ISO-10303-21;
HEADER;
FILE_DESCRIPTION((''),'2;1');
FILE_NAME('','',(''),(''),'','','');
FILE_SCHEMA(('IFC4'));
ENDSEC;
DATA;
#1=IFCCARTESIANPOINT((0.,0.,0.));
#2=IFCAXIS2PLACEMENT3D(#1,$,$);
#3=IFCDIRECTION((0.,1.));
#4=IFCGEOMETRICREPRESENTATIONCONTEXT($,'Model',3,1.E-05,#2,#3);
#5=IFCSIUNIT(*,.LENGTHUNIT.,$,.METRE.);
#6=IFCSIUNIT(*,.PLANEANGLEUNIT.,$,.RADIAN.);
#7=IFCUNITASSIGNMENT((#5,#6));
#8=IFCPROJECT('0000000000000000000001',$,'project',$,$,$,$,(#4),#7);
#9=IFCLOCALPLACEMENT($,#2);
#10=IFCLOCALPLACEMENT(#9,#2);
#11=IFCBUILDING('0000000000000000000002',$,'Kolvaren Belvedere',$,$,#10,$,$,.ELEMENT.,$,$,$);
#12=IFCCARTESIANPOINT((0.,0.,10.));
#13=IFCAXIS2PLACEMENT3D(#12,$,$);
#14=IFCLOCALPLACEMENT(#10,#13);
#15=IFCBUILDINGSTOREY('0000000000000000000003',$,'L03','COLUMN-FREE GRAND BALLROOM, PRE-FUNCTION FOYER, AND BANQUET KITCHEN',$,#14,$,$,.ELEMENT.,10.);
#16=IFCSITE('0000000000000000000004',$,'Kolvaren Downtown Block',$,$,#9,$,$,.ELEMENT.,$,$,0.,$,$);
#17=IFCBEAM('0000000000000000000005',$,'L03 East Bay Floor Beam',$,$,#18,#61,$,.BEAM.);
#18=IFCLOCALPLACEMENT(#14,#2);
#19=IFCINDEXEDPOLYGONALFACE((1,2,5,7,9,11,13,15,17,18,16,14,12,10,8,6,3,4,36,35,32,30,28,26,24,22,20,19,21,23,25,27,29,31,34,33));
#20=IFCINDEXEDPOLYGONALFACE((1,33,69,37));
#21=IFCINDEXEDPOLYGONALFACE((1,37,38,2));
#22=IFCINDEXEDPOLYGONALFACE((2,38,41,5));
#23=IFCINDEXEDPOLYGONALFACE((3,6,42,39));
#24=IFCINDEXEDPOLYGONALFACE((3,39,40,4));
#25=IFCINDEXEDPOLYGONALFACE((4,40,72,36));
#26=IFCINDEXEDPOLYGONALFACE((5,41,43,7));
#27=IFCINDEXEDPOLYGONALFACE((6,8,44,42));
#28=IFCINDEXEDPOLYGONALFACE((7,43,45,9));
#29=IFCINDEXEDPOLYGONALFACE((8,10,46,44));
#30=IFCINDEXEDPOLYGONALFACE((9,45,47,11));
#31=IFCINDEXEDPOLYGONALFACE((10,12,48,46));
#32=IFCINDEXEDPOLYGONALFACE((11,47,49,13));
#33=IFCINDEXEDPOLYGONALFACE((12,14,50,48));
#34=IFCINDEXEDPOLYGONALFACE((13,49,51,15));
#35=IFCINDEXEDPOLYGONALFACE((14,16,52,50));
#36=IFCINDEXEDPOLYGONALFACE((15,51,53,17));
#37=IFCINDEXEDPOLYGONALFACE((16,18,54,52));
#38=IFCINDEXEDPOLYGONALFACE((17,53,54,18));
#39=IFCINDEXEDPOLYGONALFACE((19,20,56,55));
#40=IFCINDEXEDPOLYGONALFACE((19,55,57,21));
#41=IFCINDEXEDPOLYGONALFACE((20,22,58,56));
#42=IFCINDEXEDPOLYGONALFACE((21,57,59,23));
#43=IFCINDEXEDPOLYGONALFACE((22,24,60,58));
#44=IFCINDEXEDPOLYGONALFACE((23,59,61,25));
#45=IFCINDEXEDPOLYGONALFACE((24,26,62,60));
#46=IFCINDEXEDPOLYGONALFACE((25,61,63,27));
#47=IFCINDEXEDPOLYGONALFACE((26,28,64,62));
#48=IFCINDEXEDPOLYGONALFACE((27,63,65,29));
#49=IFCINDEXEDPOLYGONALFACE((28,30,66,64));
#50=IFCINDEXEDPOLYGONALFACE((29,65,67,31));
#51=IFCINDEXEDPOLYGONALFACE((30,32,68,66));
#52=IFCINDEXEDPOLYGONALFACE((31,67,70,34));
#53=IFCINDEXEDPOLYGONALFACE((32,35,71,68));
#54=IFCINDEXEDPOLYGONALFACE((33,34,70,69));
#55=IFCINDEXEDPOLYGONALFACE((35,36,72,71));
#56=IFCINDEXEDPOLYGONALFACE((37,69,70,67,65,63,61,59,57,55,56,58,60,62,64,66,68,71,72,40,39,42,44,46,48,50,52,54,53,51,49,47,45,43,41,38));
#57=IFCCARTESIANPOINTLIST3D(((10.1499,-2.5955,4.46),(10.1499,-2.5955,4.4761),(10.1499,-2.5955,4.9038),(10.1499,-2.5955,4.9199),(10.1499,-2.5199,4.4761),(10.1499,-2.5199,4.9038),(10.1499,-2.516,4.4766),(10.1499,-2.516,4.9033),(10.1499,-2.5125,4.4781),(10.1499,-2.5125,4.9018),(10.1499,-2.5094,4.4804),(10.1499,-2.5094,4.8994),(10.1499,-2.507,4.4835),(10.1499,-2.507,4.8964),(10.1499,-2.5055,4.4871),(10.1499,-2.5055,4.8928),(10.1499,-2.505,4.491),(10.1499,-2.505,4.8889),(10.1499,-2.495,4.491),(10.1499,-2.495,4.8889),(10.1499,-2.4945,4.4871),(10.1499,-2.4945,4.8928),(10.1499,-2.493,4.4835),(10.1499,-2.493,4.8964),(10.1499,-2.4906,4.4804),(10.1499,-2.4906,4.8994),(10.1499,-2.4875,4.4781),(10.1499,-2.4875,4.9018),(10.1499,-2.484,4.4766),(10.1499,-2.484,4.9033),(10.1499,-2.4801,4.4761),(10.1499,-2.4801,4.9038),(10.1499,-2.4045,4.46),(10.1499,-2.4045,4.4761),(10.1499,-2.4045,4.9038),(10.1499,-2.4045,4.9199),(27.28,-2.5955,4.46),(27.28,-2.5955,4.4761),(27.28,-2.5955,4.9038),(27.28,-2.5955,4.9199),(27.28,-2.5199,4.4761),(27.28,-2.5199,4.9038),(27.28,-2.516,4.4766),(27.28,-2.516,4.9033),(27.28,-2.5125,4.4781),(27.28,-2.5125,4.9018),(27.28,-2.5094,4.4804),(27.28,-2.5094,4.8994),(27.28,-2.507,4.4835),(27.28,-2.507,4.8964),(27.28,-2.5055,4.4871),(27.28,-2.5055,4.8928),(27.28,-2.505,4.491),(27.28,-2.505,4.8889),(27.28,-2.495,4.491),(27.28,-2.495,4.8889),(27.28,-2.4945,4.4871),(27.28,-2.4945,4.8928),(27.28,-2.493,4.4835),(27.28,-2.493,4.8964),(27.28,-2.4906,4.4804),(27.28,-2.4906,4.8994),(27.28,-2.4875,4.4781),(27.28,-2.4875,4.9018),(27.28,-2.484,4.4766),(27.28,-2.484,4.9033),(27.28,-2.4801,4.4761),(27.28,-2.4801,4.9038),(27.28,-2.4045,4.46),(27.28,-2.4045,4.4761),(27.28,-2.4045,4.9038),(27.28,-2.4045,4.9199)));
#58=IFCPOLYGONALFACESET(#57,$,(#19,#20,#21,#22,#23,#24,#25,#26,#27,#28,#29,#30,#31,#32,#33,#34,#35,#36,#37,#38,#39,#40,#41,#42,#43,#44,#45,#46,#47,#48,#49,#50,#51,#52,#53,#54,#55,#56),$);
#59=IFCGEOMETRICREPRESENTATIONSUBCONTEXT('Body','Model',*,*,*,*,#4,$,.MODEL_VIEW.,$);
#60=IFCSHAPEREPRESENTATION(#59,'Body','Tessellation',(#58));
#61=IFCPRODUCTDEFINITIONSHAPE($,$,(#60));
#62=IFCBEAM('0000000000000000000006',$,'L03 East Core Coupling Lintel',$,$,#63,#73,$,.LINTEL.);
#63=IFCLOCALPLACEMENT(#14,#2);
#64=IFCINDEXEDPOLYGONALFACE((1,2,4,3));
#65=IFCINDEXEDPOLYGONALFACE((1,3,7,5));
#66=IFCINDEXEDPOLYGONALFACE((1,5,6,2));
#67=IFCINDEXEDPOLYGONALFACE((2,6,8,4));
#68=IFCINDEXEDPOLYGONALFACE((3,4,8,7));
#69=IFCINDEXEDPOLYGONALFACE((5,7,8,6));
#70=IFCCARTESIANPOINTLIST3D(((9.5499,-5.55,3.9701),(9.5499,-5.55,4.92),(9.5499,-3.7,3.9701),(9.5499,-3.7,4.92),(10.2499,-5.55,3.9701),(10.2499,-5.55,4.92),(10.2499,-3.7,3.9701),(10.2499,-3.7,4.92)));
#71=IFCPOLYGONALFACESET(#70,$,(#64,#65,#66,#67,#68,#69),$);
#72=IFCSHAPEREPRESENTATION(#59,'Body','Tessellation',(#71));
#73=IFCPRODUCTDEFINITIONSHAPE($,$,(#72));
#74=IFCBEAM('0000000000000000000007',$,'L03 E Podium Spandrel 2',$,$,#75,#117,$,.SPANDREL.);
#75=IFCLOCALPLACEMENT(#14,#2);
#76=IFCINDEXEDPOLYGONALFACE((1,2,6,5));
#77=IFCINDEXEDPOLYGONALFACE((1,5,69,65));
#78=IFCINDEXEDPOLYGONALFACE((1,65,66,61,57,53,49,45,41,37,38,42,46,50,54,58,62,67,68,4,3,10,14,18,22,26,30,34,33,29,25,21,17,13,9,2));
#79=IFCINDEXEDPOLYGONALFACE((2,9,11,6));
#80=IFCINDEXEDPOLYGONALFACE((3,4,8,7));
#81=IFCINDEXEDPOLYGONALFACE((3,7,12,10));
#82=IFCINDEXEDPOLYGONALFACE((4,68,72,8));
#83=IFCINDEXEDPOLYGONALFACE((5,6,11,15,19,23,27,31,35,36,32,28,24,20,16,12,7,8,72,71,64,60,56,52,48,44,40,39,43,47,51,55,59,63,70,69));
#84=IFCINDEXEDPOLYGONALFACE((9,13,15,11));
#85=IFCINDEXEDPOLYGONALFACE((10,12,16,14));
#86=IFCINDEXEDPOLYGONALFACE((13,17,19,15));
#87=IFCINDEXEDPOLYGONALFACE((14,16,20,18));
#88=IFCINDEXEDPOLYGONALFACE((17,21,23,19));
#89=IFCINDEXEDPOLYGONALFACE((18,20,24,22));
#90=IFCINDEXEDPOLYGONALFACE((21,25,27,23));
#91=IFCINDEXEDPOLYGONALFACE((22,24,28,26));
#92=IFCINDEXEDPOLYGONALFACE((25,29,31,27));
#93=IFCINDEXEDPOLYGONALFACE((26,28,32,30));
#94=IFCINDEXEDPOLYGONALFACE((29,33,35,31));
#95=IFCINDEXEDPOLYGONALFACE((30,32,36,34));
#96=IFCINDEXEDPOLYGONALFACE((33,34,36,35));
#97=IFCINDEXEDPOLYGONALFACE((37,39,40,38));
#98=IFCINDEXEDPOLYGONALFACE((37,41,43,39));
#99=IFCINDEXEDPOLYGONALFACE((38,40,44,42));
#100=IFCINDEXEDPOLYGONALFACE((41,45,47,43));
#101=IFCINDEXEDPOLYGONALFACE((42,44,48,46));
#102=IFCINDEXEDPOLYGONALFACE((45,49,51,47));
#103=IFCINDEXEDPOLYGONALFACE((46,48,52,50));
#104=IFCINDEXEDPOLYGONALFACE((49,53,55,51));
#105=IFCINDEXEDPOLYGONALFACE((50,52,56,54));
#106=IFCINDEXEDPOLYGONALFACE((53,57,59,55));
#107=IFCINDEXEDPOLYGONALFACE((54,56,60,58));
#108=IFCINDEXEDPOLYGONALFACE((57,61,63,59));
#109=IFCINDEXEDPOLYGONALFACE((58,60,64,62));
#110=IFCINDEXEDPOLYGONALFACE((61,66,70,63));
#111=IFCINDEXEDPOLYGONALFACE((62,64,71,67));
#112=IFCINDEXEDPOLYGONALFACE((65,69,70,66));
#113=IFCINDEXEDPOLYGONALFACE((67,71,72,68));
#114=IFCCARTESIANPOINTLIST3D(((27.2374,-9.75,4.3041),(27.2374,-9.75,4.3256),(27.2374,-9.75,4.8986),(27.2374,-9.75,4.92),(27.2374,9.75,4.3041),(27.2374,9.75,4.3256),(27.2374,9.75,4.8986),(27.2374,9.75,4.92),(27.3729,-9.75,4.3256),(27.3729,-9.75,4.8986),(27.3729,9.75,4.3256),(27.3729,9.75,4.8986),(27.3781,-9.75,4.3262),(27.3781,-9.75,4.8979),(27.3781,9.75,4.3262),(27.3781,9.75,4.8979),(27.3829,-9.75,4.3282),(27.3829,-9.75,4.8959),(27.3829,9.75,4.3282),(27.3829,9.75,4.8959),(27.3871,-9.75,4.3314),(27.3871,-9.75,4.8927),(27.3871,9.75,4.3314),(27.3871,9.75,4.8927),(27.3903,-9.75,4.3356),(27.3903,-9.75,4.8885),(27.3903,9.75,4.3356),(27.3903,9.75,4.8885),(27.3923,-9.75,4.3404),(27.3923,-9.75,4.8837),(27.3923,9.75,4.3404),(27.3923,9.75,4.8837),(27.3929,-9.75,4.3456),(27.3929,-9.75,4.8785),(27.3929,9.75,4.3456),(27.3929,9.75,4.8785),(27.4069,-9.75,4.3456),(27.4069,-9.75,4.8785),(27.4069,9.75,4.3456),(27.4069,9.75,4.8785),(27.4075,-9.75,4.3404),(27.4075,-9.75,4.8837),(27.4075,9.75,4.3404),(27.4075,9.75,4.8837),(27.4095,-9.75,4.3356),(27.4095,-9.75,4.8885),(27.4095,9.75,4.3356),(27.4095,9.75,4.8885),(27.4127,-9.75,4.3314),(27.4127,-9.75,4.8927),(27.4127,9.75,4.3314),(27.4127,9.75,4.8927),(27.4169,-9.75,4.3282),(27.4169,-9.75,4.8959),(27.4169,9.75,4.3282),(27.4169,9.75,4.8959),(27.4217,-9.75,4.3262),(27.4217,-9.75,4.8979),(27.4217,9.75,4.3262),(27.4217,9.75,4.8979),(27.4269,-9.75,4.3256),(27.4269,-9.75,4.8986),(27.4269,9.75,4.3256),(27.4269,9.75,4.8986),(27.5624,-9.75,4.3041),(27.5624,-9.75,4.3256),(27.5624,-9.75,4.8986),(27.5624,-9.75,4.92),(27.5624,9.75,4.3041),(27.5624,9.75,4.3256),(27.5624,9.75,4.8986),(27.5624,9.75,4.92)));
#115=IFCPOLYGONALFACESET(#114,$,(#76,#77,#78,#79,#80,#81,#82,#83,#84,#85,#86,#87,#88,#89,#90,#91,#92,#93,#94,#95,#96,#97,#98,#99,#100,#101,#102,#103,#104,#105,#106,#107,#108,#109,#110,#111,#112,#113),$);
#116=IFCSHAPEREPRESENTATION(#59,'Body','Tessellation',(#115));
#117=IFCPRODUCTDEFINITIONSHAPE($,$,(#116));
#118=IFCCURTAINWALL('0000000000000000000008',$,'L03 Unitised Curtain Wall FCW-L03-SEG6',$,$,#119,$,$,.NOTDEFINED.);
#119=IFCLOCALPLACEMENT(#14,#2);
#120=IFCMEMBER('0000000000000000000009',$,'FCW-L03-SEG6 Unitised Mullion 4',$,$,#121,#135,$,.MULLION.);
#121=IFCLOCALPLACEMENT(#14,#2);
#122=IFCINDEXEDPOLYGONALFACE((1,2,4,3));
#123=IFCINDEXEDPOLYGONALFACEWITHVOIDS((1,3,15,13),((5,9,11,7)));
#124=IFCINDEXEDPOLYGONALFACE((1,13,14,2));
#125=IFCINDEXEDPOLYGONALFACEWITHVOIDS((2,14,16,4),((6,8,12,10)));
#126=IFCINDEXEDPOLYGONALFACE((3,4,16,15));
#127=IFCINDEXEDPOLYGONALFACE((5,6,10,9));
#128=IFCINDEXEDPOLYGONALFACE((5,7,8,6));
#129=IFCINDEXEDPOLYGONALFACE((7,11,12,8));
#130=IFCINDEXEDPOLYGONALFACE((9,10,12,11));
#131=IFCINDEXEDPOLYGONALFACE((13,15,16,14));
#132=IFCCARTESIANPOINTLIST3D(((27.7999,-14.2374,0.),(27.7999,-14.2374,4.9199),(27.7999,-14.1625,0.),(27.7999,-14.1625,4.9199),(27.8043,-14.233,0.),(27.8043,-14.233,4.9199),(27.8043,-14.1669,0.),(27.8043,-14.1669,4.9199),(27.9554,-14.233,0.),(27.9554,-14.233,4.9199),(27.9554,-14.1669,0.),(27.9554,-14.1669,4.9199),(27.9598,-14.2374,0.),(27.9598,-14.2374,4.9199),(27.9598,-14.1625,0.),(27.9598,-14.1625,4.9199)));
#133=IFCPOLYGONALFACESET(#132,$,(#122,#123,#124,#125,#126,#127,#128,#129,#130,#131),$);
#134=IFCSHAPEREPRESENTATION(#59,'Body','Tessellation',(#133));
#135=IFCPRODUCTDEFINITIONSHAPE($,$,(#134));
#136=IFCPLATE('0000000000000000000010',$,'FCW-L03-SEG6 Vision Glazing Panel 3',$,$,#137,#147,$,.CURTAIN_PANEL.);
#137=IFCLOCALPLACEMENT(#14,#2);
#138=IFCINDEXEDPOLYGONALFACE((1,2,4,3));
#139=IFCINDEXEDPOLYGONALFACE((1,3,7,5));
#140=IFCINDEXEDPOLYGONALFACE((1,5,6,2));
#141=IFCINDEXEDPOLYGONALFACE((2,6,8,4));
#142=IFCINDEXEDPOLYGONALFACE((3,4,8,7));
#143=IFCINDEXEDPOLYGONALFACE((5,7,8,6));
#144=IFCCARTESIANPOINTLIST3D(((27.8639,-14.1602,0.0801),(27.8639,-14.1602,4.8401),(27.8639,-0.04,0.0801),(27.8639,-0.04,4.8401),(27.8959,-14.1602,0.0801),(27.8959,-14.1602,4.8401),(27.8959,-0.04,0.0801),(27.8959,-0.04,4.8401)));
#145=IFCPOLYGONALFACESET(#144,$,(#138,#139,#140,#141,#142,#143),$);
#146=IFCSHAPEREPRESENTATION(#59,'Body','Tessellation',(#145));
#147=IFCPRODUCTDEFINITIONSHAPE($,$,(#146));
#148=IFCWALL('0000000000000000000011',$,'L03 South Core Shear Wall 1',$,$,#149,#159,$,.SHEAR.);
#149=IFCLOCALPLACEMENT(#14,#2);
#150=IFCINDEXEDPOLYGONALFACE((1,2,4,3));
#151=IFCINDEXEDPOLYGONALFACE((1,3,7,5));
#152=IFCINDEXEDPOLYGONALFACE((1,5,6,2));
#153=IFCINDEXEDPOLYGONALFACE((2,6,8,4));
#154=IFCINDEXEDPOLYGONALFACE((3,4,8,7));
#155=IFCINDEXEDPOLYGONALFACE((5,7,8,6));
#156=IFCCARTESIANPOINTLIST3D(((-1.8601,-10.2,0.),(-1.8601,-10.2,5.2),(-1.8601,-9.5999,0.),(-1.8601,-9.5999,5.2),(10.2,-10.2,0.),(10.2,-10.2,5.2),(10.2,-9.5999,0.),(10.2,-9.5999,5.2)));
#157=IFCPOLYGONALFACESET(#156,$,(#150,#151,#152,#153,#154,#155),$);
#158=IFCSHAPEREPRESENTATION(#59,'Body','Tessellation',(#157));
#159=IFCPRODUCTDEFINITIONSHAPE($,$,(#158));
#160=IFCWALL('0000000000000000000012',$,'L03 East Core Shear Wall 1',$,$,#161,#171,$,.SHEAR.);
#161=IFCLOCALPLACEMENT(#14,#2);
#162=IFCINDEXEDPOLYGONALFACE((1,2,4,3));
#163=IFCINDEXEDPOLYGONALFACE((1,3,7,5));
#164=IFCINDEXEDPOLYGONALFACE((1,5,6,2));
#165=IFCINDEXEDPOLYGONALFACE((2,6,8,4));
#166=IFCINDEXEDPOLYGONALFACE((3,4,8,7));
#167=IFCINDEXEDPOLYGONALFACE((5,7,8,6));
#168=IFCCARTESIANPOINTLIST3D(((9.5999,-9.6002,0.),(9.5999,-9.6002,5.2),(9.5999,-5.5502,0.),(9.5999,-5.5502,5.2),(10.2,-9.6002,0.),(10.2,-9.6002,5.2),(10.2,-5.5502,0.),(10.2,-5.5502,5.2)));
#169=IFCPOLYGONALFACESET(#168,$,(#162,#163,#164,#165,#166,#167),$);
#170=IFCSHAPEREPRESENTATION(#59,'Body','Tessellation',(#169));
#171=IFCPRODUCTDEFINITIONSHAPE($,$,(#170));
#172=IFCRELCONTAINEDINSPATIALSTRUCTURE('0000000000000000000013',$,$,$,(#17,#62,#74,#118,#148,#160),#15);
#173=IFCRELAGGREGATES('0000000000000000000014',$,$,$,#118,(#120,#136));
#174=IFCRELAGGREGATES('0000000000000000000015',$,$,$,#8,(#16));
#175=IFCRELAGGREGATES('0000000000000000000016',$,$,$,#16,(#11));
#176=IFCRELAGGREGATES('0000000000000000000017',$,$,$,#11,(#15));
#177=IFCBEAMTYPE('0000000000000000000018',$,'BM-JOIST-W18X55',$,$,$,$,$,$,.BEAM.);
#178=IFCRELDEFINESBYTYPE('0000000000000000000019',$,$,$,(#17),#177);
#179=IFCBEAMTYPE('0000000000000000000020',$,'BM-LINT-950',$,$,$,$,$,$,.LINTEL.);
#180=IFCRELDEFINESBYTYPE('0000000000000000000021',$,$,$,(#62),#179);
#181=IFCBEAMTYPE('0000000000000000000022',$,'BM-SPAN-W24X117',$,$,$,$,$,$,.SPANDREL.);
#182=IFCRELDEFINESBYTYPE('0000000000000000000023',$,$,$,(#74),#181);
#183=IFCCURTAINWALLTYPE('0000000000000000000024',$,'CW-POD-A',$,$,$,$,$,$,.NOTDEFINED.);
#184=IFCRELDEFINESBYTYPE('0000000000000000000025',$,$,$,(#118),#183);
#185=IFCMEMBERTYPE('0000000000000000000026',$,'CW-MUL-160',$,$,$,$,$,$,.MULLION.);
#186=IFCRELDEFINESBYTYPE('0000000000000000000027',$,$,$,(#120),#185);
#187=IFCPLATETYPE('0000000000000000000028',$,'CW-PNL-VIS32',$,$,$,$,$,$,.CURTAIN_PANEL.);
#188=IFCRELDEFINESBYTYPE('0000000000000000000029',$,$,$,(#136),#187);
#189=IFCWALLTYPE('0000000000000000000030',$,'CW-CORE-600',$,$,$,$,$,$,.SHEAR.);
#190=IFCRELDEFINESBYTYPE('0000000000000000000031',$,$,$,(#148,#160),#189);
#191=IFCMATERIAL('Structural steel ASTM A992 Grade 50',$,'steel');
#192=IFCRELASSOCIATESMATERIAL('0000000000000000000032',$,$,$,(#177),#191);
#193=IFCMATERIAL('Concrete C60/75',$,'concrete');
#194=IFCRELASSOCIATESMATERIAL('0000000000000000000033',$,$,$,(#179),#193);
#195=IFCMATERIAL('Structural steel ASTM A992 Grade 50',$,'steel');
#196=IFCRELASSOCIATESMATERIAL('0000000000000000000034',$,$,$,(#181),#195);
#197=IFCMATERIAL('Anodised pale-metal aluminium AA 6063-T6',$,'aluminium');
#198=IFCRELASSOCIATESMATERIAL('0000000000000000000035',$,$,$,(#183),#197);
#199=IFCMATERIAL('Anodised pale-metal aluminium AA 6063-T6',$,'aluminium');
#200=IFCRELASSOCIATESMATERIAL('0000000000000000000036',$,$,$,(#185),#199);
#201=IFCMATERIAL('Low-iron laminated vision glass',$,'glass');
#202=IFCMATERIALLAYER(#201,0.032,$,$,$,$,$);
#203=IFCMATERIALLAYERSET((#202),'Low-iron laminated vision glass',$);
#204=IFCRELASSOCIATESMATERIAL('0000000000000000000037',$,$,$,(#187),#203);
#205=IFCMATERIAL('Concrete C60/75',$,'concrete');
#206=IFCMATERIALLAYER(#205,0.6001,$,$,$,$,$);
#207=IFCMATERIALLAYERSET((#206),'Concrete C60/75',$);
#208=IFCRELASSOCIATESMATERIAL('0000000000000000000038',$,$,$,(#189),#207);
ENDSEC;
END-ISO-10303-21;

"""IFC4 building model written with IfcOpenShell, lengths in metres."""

from ifc_helpers import new_model, si_unit, direction, frame, frame_2d, origin, origin_2d, place, context, subcontext, project, spatial, rectangle, hollow_rectangle, i_section, extrude, material, layer, layer_set, material_profile, profile_set, type_object, element, aggregate, save


model = new_model("IFC4")

# Units and contexts
model_context = context("Model", 3, precision=1e-05, world=origin(), true_north=direction((0.0, 1.0)))
body_context = subcontext(model_context, "Body", "Model", "MODEL_VIEW")
ifc_project = project(units=[si_unit("LENGTHUNIT", "METRE"), si_unit("PLANEANGLEUNIT", "RADIAN")], contexts=[model_context])

# Site, building, storey
site_placement = place(None, origin())
site = spatial("IfcSite", under=ifc_project, at=site_placement, Name="Kolvaren Downtown Block", CompositionType="ELEMENT", RefElevation=0.0)
building_placement = place(site_placement, origin())
building = spatial("IfcBuilding", under=site, at=building_placement, Name="Kolvaren Belvedere", CompositionType="ELEMENT")
storey_placement = place(building_placement, frame((0.0, 0.0, 10.0)))
storey = spatial("IfcBuildingStorey", under=building, at=storey_placement, Name="L03", Description="COLUMN-FREE GRAND BALLROOM, PRE-FUNCTION FOYER, AND BANQUET KITCHEN", CompositionType="ELEMENT", Elevation=10.0)

# Beams
ifc_material_1 = material(Name="Structural steel ASTM A992 Grade 50", Category="steel")
ifc_material_profile_1 = material_profile(ifc_material_1, i_section(OverallWidth=0.1909, OverallDepth=0.46, WebThickness=0.01, FlangeThickness=0.0161, FilletRadius=0.0149, at=origin_2d()), Name="W18X55")
ifc_profile_set_1 = profile_set([ifc_material_profile_1], Name="Structural steel ASTM A992 Grade 50")
beam_type_1 = type_object("IfcBeamType", Name="BM-JOIST-W18X55", PredefinedType="BEAM", material=ifc_profile_set_1)
beam_1_placement = place(storey_placement, frame((10.1499, -2.5, 4.6899), z_axis=(1.0, 0.0, 0.0), x_axis=(0.0, 1.0, 0.0)))
element("IfcBeam", 1, at=beam_1_placement, inside=storey, type_object=beam_type_1, Name="L03 East Bay Floor Beam", PredefinedType="BEAM", context=body_context, shape_type="SweptSolid", body=[
    extrude(i_section(OverallWidth=0.1909, OverallDepth=0.46, WebThickness=0.01, FlangeThickness=0.0161, FilletRadius=0.0149, at=origin_2d()), origin(), (0.0, 0.0, 1.0), 17.1301),
])
ifc_material_2 = material(Name="Concrete C60/75", Category="concrete")
ifc_material_profile_2 = material_profile(ifc_material_2, rectangle(XDim=0.7, YDim=0.95, at=origin_2d()), Name="RC 700X950")
ifc_profile_set_2 = profile_set([ifc_material_profile_2], Name="Concrete C60/75")
beam_type_2 = type_object("IfcBeamType", Name="BM-LINT-950", PredefinedType="LINTEL", material=ifc_profile_set_2)
beam_2_placement = place(storey_placement, frame((9.8999, -5.55, 4.4451), z_axis=(0.0, 1.0, 0.0), x_axis=(-1.0, 0.0, 0.0)))
element("IfcBeam", 2, at=beam_2_placement, inside=storey, type_object=beam_type_2, Name="L03 East Core Coupling Lintel", PredefinedType="LINTEL", context=body_context, shape_type="SweptSolid", body=[
    extrude(rectangle(XDim=0.7, YDim=0.95, at=origin_2d()), origin(), (0.0, 0.0, 1.0), 1.8501),
])
ifc_material_3 = material(Name="Structural steel ASTM A992 Grade 50", Category="steel")
ifc_material_profile_3 = material_profile(ifc_material_3, i_section(OverallWidth=0.325, OverallDepth=0.616, WebThickness=0.0139, FlangeThickness=0.0215, FilletRadius=0.02, at=origin_2d()), Name="W24X117")
ifc_profile_set_3 = profile_set([ifc_material_profile_3], Name="Structural steel ASTM A992 Grade 50")
beam_type_3 = type_object("IfcBeamType", Name="BM-SPAN-W24X117", PredefinedType="SPANDREL", material=ifc_profile_set_3)
beam_3_placement = place(storey_placement, frame((27.3999, -9.75, 4.6121), z_axis=(0.0, 1.0, 0.0), x_axis=(-1.0, 0.0, 0.0)))
element("IfcBeam", 3, at=beam_3_placement, inside=storey, type_object=beam_type_3, Name="L03 E Podium Spandrel 2", PredefinedType="SPANDREL", context=body_context, shape_type="SweptSolid", body=[
    extrude(i_section(OverallWidth=0.325, OverallDepth=0.616, WebThickness=0.0139, FlangeThickness=0.0215, FilletRadius=0.02, at=origin_2d()), origin(), (0.0, 0.0, 1.0), 19.5),
])

# Curtain wall, member, plate
ifc_material_4 = material(Name="Anodised pale-metal aluminium AA 6063-T6", Category="aluminium")
curtain_wall_type = type_object("IfcCurtainWallType", Name="CW-POD-A", PredefinedType="NOTDEFINED", material=ifc_material_4)
curtain_wall_placement = place(storey_placement, origin())
curtain_wall = element("IfcCurtainWall", 4, at=curtain_wall_placement, inside=storey, type_object=curtain_wall_type, Name="L03 Unitised Curtain Wall FCW-L03-SEG6", PredefinedType="NOTDEFINED")
ifc_material_5 = material(Name="Anodised pale-metal aluminium AA 6063-T6", Category="aluminium")
ifc_material_profile_4 = material_profile(ifc_material_5, hollow_rectangle(XDim=0.075, YDim=0.1599, WallThickness=0.0044, at=origin_2d()), Name="ALU-MUL-160X75")
ifc_profile_set_4 = profile_set([ifc_material_profile_4], Name="Anodised pale-metal aluminium AA 6063-T6")
member_type = type_object("IfcMemberType", Name="CW-MUL-160", PredefinedType="MULLION", material=ifc_profile_set_4)
member_placement = place(storey_placement, frame((27.8799, -14.2, 0.0), z_axis=(0.0, 0.0, 1.0), x_axis=(0.0, 1.0, 0.0)))
member = element("IfcMember", 5, at=member_placement, type_object=member_type, Name="FCW-L03-SEG6 Unitised Mullion 4", PredefinedType="MULLION", context=body_context, shape_type="SweptSolid", body=[
    extrude(hollow_rectangle(XDim=0.075, YDim=0.1599, WallThickness=0.0044, at=origin_2d()), origin(), (0.0, 0.0, 1.0), 4.9199),
])
ifc_material_6 = material(Name="Low-iron laminated vision glass", Category="glass")
ifc_layer_1 = layer(ifc_material_6, 0.032)
ifc_layer_set_1 = layer_set([ifc_layer_1], Name="Low-iron laminated vision glass")
plate_type = type_object("IfcPlateType", Name="CW-PNL-VIS32", PredefinedType="CURTAIN_PANEL", material=ifc_layer_set_1)
plate_placement = place(storey_placement, frame((27.8799, -7.1001, 0.0801), z_axis=(0.0, 0.0, 1.0), x_axis=(0.0, -1.0, 0.0)))
plate = element("IfcPlate", 6, at=plate_placement, type_object=plate_type, Name="FCW-L03-SEG6 Vision Glazing Panel 3", PredefinedType="CURTAIN_PANEL", context=body_context, shape_type="SweptSolid", body=[
    extrude(rectangle(XDim=14.1201, YDim=0.032, at=origin_2d()), origin(), (0.0, 0.0, 1.0), 4.76),
])
aggregate(curtain_wall, [member, plate])

# Walls
ifc_material_7 = material(Name="Concrete C60/75", Category="concrete")
ifc_layer_2 = layer(ifc_material_7, 0.6001)
ifc_layer_set_2 = layer_set([ifc_layer_2], Name="Concrete C60/75")
wall_type_1 = type_object("IfcWallType", Name="CW-CORE-600", PredefinedType="SHEAR", material=ifc_layer_set_2)
wall_1_placement = place(storey_placement, frame((10.2, -9.8999, 0.0), z_axis=(0.0, 0.0, 1.0), x_axis=(-1.0, 0.0, 0.0)))
element("IfcWall", 7, at=wall_1_placement, inside=storey, type_object=wall_type_1, Name="L03 South Core Shear Wall 1", PredefinedType="SHEAR", context=body_context, shape_type="SweptSolid", body=[
    extrude(rectangle(XDim=12.0601, YDim=0.6001, at=frame_2d((6.03, 0.0))), origin(), (0.0, 0.0, 1.0), 5.2),
])
wall_2_placement = place(storey_placement, frame((9.8999, -9.6001, 0.0), z_axis=(0.0, 0.0, 1.0), x_axis=(0.0, 1.0, 0.0)))
element("IfcWall", 8, at=wall_2_placement, inside=storey, type_object=wall_type_1, Name="L03 East Core Shear Wall 1", PredefinedType="SHEAR", context=body_context, shape_type="SweptSolid", body=[
    extrude(rectangle(XDim=4.05, YDim=0.6001, at=frame_2d((2.0249, 0.0))), origin(), (0.0, 0.0, 1.0), 5.2),
])

save(model, "model.ifc")
